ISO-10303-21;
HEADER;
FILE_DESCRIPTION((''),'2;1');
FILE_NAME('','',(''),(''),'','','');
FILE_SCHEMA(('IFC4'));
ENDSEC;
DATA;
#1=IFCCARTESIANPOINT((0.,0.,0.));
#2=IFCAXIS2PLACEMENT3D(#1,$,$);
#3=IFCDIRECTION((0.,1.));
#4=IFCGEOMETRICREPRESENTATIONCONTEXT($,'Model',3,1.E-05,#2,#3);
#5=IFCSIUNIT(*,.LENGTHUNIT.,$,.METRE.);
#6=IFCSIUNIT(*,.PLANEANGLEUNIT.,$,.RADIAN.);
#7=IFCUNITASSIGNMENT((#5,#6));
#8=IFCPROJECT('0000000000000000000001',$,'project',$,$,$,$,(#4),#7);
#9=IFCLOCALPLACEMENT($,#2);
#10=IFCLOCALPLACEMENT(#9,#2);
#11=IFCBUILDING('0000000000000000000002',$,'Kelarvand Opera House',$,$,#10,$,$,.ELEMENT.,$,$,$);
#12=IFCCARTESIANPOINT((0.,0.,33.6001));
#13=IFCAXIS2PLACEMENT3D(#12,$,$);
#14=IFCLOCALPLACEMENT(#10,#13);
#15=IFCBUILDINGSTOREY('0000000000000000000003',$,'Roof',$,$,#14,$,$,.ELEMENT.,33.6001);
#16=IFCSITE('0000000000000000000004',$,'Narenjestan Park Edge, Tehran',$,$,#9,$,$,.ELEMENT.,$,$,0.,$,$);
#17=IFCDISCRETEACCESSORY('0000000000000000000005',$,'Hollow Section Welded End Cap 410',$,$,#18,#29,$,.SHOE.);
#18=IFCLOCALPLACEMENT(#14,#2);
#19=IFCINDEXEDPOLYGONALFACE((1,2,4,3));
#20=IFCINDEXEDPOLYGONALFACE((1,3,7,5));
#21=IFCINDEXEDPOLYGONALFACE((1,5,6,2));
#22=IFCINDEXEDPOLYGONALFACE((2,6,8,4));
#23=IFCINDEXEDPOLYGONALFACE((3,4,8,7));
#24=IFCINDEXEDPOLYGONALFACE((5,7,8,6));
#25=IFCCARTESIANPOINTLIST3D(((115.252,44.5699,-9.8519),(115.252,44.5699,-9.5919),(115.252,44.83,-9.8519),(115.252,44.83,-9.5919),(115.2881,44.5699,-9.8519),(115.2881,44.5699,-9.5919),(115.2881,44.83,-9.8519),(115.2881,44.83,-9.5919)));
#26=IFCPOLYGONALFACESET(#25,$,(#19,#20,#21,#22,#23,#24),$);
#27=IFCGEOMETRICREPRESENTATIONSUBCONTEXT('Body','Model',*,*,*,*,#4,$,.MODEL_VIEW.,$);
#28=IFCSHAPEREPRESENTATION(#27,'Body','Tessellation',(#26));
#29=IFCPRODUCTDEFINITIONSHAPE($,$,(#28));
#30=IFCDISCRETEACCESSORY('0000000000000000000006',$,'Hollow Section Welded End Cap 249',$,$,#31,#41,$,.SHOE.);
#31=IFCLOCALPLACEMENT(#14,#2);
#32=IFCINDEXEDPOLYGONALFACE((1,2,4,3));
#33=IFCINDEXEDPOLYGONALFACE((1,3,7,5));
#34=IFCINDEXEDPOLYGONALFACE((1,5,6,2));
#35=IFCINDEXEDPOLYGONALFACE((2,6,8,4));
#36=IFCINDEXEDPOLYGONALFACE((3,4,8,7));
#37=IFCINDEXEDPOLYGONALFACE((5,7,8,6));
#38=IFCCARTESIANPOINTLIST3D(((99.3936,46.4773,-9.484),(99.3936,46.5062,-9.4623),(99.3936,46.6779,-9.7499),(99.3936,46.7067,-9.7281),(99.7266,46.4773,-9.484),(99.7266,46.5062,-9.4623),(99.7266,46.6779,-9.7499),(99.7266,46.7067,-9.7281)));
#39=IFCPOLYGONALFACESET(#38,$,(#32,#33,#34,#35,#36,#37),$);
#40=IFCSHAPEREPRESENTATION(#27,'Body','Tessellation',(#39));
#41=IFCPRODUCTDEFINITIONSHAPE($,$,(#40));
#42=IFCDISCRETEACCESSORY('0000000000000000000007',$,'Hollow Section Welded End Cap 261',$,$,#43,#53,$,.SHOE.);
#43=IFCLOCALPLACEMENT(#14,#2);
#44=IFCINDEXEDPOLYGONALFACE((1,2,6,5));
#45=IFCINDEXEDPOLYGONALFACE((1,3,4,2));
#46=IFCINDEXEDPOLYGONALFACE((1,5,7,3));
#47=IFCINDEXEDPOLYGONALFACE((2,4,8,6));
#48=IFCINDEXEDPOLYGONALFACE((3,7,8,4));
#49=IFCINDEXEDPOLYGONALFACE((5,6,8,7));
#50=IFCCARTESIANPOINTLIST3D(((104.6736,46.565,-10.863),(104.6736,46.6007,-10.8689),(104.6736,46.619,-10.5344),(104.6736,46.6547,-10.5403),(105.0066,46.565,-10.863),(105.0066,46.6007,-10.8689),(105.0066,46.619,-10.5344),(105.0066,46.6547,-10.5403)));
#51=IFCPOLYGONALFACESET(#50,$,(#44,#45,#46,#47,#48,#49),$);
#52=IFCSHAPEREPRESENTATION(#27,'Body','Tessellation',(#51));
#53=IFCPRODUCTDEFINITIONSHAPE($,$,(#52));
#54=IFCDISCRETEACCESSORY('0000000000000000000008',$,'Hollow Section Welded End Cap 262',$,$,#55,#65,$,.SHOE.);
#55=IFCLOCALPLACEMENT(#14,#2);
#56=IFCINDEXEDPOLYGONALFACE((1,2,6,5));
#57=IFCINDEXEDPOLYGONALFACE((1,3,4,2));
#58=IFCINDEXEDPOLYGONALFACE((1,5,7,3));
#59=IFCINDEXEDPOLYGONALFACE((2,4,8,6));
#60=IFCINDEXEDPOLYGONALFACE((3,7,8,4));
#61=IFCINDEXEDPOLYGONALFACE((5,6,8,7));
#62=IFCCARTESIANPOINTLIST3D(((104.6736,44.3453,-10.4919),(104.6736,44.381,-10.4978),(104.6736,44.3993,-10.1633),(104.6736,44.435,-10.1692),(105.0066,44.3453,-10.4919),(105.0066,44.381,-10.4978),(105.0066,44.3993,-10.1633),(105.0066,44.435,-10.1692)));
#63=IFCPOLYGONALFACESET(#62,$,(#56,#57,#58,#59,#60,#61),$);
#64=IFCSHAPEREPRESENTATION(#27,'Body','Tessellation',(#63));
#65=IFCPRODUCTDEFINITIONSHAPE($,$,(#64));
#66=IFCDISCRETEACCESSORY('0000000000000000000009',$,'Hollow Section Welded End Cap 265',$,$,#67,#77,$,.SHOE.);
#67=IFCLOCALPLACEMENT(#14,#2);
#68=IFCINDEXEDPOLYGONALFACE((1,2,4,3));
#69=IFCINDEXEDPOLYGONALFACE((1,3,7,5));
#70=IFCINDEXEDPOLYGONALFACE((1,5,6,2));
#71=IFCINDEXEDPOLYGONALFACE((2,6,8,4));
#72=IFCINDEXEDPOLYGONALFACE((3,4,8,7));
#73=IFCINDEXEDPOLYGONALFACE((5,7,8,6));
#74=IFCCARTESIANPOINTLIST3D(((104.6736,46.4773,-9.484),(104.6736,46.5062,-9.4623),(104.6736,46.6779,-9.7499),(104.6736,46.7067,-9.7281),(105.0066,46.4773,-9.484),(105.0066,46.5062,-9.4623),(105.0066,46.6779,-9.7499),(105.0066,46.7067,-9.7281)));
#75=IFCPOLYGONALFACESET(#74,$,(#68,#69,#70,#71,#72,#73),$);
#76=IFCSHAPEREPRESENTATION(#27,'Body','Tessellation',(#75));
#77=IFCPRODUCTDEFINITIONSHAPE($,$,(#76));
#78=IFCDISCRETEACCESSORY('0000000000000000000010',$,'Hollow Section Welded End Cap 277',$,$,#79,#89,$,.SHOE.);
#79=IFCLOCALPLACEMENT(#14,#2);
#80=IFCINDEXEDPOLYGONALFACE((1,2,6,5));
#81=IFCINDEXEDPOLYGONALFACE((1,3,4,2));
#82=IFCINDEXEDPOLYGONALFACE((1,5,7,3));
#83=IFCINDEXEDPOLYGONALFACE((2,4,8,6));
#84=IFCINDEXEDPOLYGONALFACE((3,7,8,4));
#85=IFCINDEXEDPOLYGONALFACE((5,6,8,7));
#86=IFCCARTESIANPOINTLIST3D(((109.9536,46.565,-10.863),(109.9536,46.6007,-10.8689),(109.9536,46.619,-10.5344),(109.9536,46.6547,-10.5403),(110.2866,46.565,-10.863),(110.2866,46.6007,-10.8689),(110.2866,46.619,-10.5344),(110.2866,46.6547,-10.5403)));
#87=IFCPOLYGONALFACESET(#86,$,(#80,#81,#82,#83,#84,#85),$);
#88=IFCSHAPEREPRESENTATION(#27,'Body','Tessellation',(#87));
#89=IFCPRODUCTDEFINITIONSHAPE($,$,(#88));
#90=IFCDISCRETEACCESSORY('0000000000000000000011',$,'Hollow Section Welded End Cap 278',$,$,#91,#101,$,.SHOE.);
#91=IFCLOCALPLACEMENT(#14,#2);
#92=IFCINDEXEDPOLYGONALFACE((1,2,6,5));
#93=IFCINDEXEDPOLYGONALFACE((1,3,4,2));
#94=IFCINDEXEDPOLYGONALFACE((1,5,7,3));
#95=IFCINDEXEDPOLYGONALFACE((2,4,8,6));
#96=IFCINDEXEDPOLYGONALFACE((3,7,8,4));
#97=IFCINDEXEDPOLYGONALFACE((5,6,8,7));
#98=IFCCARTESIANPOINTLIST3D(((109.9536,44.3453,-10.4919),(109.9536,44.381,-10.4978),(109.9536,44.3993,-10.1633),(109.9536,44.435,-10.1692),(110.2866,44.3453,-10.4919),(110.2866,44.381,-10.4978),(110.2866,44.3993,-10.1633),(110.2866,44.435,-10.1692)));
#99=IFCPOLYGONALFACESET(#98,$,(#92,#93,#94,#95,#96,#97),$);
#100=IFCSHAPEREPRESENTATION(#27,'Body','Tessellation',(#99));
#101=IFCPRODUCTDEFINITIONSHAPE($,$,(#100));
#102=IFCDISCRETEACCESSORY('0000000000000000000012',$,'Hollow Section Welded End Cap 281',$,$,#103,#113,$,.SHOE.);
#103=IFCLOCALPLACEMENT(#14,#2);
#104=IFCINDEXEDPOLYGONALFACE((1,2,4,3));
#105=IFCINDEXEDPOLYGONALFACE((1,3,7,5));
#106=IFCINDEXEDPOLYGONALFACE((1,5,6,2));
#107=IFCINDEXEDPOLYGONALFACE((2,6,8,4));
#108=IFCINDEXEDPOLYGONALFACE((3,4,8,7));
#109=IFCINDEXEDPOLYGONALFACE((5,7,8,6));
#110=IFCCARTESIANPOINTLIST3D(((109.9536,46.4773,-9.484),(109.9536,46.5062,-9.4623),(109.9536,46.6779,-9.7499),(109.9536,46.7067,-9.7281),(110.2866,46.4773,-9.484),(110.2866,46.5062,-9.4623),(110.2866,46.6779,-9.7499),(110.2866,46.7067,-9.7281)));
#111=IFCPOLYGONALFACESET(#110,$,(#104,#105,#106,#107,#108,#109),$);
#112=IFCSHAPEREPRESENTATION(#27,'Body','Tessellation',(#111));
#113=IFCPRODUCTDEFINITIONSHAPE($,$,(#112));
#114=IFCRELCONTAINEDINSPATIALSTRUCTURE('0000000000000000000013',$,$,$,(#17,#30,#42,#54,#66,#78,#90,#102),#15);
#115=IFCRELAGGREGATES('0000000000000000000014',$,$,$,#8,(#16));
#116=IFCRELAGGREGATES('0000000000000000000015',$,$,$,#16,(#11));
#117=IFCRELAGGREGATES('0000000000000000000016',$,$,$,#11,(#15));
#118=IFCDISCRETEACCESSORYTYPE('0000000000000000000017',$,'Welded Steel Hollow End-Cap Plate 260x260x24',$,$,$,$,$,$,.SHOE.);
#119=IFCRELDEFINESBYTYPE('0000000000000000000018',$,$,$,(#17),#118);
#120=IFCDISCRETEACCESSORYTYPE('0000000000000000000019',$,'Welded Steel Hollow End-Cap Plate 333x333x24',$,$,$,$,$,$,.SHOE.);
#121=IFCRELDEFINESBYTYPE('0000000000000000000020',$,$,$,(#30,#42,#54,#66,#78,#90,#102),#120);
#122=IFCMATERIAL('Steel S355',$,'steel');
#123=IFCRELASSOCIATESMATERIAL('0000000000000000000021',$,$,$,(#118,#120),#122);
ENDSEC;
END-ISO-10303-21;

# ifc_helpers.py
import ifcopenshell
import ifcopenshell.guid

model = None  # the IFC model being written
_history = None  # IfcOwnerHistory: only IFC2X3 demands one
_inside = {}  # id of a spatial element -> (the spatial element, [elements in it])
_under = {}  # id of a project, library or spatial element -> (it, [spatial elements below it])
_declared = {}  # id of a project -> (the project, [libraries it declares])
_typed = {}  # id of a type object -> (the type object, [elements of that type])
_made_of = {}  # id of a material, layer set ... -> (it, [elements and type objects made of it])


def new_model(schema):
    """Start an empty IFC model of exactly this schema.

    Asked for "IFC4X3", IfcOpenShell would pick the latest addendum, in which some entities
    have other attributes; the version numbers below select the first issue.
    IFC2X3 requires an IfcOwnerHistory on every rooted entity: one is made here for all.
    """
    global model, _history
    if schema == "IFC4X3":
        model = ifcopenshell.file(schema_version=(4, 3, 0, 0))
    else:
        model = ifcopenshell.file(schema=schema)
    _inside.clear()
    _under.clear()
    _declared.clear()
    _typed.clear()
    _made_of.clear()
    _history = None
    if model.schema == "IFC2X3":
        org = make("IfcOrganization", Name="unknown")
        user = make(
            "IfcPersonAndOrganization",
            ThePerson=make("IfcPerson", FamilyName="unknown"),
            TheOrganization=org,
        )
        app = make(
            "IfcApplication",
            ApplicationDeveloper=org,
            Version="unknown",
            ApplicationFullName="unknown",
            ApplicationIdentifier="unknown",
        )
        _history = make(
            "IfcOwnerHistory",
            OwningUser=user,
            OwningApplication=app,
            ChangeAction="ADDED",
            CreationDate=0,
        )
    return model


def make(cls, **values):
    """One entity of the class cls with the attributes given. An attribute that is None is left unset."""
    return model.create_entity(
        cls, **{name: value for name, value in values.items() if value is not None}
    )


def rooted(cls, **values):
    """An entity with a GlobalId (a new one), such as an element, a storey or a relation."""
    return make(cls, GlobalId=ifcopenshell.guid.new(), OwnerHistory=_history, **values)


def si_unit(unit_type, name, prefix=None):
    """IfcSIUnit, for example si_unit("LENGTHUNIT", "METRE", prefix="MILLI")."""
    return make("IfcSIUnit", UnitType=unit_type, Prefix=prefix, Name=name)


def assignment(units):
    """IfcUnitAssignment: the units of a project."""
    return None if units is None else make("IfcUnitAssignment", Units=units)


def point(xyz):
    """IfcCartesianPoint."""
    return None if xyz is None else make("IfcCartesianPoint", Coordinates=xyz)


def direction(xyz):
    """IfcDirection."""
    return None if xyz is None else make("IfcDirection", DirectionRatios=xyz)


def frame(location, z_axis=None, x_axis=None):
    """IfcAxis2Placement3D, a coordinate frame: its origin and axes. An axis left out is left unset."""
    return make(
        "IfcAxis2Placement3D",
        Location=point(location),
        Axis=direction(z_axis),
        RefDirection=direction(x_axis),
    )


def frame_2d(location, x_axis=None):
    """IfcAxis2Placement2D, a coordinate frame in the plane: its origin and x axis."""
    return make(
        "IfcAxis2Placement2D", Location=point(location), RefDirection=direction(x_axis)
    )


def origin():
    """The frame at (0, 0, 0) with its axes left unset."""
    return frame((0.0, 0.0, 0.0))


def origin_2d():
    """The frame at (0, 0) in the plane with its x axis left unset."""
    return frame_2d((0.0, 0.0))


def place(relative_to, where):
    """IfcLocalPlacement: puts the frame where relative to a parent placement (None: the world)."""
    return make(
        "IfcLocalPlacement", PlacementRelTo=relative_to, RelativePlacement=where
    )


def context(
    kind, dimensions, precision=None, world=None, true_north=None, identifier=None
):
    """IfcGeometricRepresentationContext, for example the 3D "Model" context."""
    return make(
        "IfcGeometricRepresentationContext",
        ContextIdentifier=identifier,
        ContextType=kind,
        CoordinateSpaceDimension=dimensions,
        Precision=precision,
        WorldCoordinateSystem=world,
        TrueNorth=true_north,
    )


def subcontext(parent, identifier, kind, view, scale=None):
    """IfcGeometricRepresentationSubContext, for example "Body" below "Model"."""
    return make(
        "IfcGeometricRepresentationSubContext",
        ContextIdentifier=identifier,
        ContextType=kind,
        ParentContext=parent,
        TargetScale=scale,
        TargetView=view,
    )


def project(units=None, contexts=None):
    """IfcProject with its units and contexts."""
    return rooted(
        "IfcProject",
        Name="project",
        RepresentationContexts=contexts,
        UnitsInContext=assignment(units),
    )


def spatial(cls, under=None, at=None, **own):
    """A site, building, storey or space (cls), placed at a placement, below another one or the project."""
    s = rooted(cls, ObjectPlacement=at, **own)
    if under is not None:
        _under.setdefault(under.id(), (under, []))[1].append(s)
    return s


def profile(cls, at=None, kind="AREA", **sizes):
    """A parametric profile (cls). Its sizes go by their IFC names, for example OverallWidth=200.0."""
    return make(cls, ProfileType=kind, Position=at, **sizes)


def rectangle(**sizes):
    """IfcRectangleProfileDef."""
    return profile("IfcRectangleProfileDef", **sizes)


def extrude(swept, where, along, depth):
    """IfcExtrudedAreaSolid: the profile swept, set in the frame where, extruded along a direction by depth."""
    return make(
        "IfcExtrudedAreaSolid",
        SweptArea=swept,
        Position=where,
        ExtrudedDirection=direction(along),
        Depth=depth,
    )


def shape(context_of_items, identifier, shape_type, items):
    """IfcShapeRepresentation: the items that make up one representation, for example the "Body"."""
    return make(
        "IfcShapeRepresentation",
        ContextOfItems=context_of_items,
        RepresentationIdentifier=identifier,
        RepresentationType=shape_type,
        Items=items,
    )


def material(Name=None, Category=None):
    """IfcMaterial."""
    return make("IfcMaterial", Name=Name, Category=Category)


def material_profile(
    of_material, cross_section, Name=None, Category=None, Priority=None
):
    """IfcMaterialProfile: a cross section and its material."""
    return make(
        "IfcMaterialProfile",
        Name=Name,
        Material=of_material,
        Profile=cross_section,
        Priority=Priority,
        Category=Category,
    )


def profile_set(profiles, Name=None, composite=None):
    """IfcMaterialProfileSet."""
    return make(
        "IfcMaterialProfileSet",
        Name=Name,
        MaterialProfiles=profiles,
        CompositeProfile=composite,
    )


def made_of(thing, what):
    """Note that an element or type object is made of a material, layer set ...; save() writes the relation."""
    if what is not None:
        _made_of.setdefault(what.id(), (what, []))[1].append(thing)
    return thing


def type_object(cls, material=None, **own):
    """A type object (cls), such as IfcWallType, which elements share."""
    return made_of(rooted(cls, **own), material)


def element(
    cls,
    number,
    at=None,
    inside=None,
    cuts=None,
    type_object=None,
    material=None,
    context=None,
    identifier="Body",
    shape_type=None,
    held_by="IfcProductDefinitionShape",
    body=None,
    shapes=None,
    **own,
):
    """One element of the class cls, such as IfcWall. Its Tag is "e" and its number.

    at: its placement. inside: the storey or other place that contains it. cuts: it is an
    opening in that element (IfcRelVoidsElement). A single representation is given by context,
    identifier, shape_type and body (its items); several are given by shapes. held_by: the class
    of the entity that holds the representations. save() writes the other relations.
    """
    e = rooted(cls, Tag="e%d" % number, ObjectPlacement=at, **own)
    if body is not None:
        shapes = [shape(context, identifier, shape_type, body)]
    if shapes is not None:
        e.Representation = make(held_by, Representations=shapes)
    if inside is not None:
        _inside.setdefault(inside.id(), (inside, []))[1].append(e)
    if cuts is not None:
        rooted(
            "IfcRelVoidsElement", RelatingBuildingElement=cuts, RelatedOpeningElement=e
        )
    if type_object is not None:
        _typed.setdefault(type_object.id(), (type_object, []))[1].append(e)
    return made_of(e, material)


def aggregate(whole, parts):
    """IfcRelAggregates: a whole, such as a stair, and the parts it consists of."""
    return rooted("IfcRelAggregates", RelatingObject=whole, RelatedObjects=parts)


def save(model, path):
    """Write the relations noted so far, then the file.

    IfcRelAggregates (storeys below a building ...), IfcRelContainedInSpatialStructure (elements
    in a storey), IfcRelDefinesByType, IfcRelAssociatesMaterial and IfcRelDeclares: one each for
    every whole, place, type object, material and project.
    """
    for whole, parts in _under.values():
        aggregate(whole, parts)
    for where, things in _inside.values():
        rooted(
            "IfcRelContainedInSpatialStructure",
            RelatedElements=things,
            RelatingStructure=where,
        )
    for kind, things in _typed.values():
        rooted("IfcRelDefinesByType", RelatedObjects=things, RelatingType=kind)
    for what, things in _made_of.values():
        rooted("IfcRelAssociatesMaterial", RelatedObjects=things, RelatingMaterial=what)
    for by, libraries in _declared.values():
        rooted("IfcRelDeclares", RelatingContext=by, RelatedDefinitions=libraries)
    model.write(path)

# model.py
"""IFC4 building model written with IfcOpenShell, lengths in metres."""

from ifc_helpers import new_model, si_unit, direction, frame, origin, origin_2d, place, context, subcontext, project, spatial, rectangle, extrude, material, material_profile, profile_set, type_object, element, save


model = new_model("IFC4")

# Units and contexts
model_context = context("Model", 3, precision=1e-05, world=origin(), true_north=direction((0.0, 1.0)))
body_context = subcontext(model_context, "Body", "Model", "MODEL_VIEW")
ifc_project = project(units=[si_unit("LENGTHUNIT", "METRE"), si_unit("PLANEANGLEUNIT", "RADIAN")], contexts=[model_context])

# Site, building, storey
site_placement = place(None, origin())
site = spatial("IfcSite", under=ifc_project, at=site_placement, Name="Narenjestan Park Edge, Tehran", CompositionType="ELEMENT", RefElevation=0.0)
building_placement = place(site_placement, origin())
building = spatial("IfcBuilding", under=site, at=building_placement, Name="Kelarvand Opera House", CompositionType="ELEMENT")
storey_placement = place(building_placement, frame((0.0, 0.0, 33.6001)))
storey = spatial("IfcBuildingStorey", under=building, at=storey_placement, Name="Roof", CompositionType="ELEMENT", Elevation=33.6001)

# Shared definitions
ifc_material = material(Name="Steel S355", Category="steel")

# Discrete accessories
ifc_material_profile_1 = material_profile(ifc_material, rectangle(XDim=0.26, YDim=0.26, at=origin_2d()), Name="Welded Steel Hollow End-Cap Plate 260x260x24", Category="steel")
ifc_profile_set_1 = profile_set([ifc_material_profile_1], Name="Steel S355")
discrete_accessory_type_1 = type_object("IfcDiscreteAccessoryType", Name="Welded Steel Hollow End-Cap Plate 260x260x24", PredefinedType="SHOE", material=ifc_profile_set_1)
for number, where, z_axis, x_axis, name in (
    (1, (115.252, 44.7, -9.7219), (1.0, 0.0, 0.0), (0.0, 1.0, 0.0), "Hollow Section Welded End Cap 410"),
):
    element("IfcDiscreteAccessory", number, at=place(storey_placement, frame(where, z_axis=z_axis, x_axis=x_axis)), inside=storey, type_object=discrete_accessory_type_1, Name=name, PredefinedType="SHOE", context=body_context, shape_type="SweptSolid", body=[
        extrude(rectangle(XDim=0.26, YDim=0.26, at=origin_2d()), origin(), (0.0, 0.0, 1.0), 0.0361),
    ])
ifc_material_profile_2 = material_profile(ifc_material, rectangle(XDim=0.333, YDim=0.333, at=origin_2d()), Name="Welded Steel Hollow End-Cap Plate 333x333x24", Category="steel")
ifc_profile_set_2 = profile_set([ifc_material_profile_2], Name="Steel S355")
discrete_accessory_type_2 = type_object("IfcDiscreteAccessoryType", Name="Welded Steel Hollow End-Cap Plate 333x333x24", PredefinedType="SHOE", material=ifc_profile_set_2)
for number, where, z_axis, x_axis, name in (
    (2, (99.5601, 46.6064, -9.5952), (0.0, -0.798373, -0.602163), (1.0, 0.0, 0.0), "Hollow Section Welded End Cap 249"),
    (3, (104.8401, 46.592, -10.6987), (0.0, 0.986757, -0.162207), (-1.0, 0.0, 0.0), "Hollow Section Welded End Cap 261"),
    (4, (104.8401, 44.408, -10.3335), (0.0, -0.986757, 0.162207), (1.0, 0.0, 0.0), "Hollow Section Welded End Cap 262"),
    (5, (104.8401, 46.6064, -9.5952), (0.0, -0.798373, -0.602163), (1.0, 0.0, 0.0), "Hollow Section Welded End Cap 265"),
    (6, (110.1201, 46.592, -10.6987), (0.0, 0.986757, -0.162207), (-1.0, 0.0, 0.0), "Hollow Section Welded End Cap 277"),
    (7, (110.1201, 44.408, -10.3335), (0.0, -0.986757, 0.162207), (1.0, 0.0, 0.0), "Hollow Section Welded End Cap 278"),
    (8, (110.1201, 46.6064, -9.5952), (0.0, -0.798373, -0.602163), (1.0, 0.0, 0.0), "Hollow Section Welded End Cap 281"),
):
    element("IfcDiscreteAccessory", number, at=place(storey_placement, frame(where, z_axis=z_axis, x_axis=x_axis)), inside=storey, type_object=discrete_accessory_type_2, Name=name, PredefinedType="SHOE", context=body_context, shape_type="SweptSolid", body=[
        extrude(rectangle(XDim=0.333, YDim=0.333, at=origin_2d()), origin(), (0.0, 0.0, 1.0), 0.0361),
    ])

save(model, "model.ifc")
